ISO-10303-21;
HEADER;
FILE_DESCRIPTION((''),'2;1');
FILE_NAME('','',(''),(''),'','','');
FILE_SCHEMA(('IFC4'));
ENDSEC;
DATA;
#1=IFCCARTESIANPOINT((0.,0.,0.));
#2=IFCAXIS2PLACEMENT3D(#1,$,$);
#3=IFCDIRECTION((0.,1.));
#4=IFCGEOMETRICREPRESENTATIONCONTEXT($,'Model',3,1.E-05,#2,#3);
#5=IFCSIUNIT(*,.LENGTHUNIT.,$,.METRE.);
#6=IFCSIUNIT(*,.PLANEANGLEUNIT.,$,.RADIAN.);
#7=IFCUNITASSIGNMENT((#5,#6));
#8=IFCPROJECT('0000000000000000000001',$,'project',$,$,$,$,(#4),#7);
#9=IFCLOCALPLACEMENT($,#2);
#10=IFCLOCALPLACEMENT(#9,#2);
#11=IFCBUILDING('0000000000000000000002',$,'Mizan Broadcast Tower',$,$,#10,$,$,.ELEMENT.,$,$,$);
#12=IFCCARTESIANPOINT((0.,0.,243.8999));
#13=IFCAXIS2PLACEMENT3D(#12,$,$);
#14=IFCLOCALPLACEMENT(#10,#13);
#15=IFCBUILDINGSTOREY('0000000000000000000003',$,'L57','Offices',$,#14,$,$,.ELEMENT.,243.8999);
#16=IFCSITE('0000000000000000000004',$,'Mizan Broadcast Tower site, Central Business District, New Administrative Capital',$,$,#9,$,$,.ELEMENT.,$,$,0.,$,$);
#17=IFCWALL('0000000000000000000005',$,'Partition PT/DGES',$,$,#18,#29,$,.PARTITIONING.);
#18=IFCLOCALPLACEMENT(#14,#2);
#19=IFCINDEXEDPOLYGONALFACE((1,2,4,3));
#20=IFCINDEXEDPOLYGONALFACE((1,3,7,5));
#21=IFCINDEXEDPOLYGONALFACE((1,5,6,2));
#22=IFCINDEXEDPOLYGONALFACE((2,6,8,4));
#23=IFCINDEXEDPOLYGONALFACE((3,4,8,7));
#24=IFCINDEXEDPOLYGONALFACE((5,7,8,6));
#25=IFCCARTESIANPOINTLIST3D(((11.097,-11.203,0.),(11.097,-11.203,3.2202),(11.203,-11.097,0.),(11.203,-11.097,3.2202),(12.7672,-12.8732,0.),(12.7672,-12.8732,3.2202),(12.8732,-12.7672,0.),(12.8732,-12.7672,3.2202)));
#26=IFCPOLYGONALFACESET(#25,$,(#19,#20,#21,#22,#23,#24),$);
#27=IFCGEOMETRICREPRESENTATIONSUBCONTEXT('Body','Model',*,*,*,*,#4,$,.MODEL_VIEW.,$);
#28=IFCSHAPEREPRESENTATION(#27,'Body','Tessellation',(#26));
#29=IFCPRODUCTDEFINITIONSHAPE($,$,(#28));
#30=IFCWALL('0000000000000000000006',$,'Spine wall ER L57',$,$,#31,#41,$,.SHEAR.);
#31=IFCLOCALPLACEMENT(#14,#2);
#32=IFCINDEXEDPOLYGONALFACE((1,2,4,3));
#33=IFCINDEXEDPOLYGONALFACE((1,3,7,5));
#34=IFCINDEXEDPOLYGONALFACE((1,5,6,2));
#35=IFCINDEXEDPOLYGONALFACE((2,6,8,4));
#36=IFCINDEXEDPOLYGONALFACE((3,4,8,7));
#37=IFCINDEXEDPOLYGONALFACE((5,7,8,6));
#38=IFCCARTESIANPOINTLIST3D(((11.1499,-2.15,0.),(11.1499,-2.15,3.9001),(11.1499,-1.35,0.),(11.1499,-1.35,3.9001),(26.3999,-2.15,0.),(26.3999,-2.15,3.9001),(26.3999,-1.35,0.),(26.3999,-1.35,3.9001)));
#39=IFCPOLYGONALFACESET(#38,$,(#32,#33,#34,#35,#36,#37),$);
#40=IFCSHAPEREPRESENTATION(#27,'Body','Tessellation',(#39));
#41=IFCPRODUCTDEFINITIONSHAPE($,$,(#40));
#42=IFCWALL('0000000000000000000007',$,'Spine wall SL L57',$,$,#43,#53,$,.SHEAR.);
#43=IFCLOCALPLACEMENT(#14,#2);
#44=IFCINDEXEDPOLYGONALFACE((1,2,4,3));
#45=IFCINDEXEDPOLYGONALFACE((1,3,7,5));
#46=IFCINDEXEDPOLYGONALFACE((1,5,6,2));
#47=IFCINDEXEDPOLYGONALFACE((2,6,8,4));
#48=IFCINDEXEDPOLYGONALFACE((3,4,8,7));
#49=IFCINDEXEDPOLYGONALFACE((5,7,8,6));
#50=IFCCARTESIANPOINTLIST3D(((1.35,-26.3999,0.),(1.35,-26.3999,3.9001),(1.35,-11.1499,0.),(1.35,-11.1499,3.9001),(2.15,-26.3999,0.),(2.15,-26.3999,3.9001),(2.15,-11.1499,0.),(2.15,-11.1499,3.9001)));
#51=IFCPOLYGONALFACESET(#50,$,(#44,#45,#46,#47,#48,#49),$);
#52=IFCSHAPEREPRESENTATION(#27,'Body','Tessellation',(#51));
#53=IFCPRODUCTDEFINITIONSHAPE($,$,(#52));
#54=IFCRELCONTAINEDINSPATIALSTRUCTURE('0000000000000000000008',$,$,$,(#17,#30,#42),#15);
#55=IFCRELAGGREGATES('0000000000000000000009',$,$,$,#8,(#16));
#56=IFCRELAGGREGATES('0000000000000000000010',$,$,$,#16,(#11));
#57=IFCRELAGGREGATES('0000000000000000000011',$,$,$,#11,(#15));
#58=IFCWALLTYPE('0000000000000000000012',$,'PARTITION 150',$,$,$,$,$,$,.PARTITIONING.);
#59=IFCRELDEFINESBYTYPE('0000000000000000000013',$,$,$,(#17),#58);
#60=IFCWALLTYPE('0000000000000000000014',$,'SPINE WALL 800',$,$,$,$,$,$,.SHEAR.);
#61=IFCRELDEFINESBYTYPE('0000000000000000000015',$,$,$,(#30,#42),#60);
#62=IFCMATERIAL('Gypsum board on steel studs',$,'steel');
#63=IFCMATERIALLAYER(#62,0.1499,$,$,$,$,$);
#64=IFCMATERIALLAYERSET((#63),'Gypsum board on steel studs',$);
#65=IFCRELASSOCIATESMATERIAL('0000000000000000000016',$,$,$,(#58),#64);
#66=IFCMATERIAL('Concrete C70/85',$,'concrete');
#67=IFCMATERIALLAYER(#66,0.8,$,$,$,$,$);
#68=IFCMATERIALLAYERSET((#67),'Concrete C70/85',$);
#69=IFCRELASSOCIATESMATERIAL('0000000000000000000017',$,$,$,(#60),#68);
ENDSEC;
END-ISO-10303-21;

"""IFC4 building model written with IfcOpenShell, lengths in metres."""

from ifc_helpers import new_model, si_unit, direction, frame, frame_2d, origin, place, context, subcontext, project, spatial, rectangle, extrude, material, layer, layer_set, type_object, element, save


model = new_model("IFC4")

# Units and contexts
model_context = context("Model", 3, precision=1e-05, world=origin(), true_north=direction((0.0, 1.0)))
body_context = subcontext(model_context, "Body", "Model", "MODEL_VIEW")
ifc_project = project(units=[si_unit("LENGTHUNIT", "METRE"), si_unit("PLANEANGLEUNIT", "RADIAN")], contexts=[model_context])

# Site, building, storey
site_placement = place(None, origin())
site = spatial("IfcSite", under=ifc_project, at=site_placement, Name="Mizan Broadcast Tower site, Central Business District, New Administrative Capital", CompositionType="ELEMENT", RefElevation=0.0)
building_placement = place(site_placement, origin())
building = spatial("IfcBuilding", under=site, at=building_placement, Name="Mizan Broadcast Tower", CompositionType="ELEMENT")
storey_placement = place(building_placement, frame((0.0, 0.0, 243.8999)))
storey = spatial("IfcBuildingStorey", under=building, at=storey_placement, Name="L57", Description="Offices", CompositionType="ELEMENT", Elevation=243.8999)

# Walls
ifc_material_1 = material(Name="Gypsum board on steel studs", Category="steel")
ifc_layer_1 = layer(ifc_material_1, 0.1499)
ifc_layer_set_1 = layer_set([ifc_layer_1], Name="Gypsum board on steel studs")
wall_type_1 = type_object("IfcWallType", Name="PARTITION 150", PredefinedType="PARTITIONING", material=ifc_layer_set_1)
wall_1_placement = place(storey_placement, frame((11.1499, -11.1499, 0.0), z_axis=(0.0, 0.0, 1.0), x_axis=(0.707107, -0.707107, 0.0)))
element("IfcWall", 1, at=wall_1_placement, inside=storey, type_object=wall_type_1, Name="Partition PT/DGES", PredefinedType="PARTITIONING", context=body_context, shape_type="SweptSolid", body=[
    extrude(rectangle(XDim=2.3621, YDim=0.1499, at=frame_2d((1.1812, 0.0))), origin(), (0.0, 0.0, 1.0), 3.2202),
])
ifc_material_2 = material(Name="Concrete C70/85", Category="concrete")
ifc_layer_2 = layer(ifc_material_2, 0.8)
ifc_layer_set_2 = layer_set([ifc_layer_2], Name="Concrete C70/85")
wall_type_2 = type_object("IfcWallType", Name="SPINE WALL 800", PredefinedType="SHEAR", material=ifc_layer_set_2)
for number, where, z_axis, x_axis, name in (
    (2, (11.1499, -1.75, 0.0), (0.0, 0.0, 1.0), (1.0, 0.0, 0.0), "Spine wall ER L57"),
    (3, (1.75, -11.1499, 0.0), (0.0, 0.0, 1.0), (0.0, -1.0, 0.0), "Spine wall SL L57"),
):
    element("IfcWall", number, at=place(storey_placement, frame(where, z_axis=z_axis, x_axis=x_axis)), inside=storey, type_object=wall_type_2, Name=name, PredefinedType="SHEAR", context=body_context, shape_type="SweptSolid", body=[
        extrude(rectangle(XDim=15.25, YDim=0.8, at=frame_2d((7.625, 0.0))), origin(), (0.0, 0.0, 1.0), 3.9001),
    ])

save(model, "model.ifc")
